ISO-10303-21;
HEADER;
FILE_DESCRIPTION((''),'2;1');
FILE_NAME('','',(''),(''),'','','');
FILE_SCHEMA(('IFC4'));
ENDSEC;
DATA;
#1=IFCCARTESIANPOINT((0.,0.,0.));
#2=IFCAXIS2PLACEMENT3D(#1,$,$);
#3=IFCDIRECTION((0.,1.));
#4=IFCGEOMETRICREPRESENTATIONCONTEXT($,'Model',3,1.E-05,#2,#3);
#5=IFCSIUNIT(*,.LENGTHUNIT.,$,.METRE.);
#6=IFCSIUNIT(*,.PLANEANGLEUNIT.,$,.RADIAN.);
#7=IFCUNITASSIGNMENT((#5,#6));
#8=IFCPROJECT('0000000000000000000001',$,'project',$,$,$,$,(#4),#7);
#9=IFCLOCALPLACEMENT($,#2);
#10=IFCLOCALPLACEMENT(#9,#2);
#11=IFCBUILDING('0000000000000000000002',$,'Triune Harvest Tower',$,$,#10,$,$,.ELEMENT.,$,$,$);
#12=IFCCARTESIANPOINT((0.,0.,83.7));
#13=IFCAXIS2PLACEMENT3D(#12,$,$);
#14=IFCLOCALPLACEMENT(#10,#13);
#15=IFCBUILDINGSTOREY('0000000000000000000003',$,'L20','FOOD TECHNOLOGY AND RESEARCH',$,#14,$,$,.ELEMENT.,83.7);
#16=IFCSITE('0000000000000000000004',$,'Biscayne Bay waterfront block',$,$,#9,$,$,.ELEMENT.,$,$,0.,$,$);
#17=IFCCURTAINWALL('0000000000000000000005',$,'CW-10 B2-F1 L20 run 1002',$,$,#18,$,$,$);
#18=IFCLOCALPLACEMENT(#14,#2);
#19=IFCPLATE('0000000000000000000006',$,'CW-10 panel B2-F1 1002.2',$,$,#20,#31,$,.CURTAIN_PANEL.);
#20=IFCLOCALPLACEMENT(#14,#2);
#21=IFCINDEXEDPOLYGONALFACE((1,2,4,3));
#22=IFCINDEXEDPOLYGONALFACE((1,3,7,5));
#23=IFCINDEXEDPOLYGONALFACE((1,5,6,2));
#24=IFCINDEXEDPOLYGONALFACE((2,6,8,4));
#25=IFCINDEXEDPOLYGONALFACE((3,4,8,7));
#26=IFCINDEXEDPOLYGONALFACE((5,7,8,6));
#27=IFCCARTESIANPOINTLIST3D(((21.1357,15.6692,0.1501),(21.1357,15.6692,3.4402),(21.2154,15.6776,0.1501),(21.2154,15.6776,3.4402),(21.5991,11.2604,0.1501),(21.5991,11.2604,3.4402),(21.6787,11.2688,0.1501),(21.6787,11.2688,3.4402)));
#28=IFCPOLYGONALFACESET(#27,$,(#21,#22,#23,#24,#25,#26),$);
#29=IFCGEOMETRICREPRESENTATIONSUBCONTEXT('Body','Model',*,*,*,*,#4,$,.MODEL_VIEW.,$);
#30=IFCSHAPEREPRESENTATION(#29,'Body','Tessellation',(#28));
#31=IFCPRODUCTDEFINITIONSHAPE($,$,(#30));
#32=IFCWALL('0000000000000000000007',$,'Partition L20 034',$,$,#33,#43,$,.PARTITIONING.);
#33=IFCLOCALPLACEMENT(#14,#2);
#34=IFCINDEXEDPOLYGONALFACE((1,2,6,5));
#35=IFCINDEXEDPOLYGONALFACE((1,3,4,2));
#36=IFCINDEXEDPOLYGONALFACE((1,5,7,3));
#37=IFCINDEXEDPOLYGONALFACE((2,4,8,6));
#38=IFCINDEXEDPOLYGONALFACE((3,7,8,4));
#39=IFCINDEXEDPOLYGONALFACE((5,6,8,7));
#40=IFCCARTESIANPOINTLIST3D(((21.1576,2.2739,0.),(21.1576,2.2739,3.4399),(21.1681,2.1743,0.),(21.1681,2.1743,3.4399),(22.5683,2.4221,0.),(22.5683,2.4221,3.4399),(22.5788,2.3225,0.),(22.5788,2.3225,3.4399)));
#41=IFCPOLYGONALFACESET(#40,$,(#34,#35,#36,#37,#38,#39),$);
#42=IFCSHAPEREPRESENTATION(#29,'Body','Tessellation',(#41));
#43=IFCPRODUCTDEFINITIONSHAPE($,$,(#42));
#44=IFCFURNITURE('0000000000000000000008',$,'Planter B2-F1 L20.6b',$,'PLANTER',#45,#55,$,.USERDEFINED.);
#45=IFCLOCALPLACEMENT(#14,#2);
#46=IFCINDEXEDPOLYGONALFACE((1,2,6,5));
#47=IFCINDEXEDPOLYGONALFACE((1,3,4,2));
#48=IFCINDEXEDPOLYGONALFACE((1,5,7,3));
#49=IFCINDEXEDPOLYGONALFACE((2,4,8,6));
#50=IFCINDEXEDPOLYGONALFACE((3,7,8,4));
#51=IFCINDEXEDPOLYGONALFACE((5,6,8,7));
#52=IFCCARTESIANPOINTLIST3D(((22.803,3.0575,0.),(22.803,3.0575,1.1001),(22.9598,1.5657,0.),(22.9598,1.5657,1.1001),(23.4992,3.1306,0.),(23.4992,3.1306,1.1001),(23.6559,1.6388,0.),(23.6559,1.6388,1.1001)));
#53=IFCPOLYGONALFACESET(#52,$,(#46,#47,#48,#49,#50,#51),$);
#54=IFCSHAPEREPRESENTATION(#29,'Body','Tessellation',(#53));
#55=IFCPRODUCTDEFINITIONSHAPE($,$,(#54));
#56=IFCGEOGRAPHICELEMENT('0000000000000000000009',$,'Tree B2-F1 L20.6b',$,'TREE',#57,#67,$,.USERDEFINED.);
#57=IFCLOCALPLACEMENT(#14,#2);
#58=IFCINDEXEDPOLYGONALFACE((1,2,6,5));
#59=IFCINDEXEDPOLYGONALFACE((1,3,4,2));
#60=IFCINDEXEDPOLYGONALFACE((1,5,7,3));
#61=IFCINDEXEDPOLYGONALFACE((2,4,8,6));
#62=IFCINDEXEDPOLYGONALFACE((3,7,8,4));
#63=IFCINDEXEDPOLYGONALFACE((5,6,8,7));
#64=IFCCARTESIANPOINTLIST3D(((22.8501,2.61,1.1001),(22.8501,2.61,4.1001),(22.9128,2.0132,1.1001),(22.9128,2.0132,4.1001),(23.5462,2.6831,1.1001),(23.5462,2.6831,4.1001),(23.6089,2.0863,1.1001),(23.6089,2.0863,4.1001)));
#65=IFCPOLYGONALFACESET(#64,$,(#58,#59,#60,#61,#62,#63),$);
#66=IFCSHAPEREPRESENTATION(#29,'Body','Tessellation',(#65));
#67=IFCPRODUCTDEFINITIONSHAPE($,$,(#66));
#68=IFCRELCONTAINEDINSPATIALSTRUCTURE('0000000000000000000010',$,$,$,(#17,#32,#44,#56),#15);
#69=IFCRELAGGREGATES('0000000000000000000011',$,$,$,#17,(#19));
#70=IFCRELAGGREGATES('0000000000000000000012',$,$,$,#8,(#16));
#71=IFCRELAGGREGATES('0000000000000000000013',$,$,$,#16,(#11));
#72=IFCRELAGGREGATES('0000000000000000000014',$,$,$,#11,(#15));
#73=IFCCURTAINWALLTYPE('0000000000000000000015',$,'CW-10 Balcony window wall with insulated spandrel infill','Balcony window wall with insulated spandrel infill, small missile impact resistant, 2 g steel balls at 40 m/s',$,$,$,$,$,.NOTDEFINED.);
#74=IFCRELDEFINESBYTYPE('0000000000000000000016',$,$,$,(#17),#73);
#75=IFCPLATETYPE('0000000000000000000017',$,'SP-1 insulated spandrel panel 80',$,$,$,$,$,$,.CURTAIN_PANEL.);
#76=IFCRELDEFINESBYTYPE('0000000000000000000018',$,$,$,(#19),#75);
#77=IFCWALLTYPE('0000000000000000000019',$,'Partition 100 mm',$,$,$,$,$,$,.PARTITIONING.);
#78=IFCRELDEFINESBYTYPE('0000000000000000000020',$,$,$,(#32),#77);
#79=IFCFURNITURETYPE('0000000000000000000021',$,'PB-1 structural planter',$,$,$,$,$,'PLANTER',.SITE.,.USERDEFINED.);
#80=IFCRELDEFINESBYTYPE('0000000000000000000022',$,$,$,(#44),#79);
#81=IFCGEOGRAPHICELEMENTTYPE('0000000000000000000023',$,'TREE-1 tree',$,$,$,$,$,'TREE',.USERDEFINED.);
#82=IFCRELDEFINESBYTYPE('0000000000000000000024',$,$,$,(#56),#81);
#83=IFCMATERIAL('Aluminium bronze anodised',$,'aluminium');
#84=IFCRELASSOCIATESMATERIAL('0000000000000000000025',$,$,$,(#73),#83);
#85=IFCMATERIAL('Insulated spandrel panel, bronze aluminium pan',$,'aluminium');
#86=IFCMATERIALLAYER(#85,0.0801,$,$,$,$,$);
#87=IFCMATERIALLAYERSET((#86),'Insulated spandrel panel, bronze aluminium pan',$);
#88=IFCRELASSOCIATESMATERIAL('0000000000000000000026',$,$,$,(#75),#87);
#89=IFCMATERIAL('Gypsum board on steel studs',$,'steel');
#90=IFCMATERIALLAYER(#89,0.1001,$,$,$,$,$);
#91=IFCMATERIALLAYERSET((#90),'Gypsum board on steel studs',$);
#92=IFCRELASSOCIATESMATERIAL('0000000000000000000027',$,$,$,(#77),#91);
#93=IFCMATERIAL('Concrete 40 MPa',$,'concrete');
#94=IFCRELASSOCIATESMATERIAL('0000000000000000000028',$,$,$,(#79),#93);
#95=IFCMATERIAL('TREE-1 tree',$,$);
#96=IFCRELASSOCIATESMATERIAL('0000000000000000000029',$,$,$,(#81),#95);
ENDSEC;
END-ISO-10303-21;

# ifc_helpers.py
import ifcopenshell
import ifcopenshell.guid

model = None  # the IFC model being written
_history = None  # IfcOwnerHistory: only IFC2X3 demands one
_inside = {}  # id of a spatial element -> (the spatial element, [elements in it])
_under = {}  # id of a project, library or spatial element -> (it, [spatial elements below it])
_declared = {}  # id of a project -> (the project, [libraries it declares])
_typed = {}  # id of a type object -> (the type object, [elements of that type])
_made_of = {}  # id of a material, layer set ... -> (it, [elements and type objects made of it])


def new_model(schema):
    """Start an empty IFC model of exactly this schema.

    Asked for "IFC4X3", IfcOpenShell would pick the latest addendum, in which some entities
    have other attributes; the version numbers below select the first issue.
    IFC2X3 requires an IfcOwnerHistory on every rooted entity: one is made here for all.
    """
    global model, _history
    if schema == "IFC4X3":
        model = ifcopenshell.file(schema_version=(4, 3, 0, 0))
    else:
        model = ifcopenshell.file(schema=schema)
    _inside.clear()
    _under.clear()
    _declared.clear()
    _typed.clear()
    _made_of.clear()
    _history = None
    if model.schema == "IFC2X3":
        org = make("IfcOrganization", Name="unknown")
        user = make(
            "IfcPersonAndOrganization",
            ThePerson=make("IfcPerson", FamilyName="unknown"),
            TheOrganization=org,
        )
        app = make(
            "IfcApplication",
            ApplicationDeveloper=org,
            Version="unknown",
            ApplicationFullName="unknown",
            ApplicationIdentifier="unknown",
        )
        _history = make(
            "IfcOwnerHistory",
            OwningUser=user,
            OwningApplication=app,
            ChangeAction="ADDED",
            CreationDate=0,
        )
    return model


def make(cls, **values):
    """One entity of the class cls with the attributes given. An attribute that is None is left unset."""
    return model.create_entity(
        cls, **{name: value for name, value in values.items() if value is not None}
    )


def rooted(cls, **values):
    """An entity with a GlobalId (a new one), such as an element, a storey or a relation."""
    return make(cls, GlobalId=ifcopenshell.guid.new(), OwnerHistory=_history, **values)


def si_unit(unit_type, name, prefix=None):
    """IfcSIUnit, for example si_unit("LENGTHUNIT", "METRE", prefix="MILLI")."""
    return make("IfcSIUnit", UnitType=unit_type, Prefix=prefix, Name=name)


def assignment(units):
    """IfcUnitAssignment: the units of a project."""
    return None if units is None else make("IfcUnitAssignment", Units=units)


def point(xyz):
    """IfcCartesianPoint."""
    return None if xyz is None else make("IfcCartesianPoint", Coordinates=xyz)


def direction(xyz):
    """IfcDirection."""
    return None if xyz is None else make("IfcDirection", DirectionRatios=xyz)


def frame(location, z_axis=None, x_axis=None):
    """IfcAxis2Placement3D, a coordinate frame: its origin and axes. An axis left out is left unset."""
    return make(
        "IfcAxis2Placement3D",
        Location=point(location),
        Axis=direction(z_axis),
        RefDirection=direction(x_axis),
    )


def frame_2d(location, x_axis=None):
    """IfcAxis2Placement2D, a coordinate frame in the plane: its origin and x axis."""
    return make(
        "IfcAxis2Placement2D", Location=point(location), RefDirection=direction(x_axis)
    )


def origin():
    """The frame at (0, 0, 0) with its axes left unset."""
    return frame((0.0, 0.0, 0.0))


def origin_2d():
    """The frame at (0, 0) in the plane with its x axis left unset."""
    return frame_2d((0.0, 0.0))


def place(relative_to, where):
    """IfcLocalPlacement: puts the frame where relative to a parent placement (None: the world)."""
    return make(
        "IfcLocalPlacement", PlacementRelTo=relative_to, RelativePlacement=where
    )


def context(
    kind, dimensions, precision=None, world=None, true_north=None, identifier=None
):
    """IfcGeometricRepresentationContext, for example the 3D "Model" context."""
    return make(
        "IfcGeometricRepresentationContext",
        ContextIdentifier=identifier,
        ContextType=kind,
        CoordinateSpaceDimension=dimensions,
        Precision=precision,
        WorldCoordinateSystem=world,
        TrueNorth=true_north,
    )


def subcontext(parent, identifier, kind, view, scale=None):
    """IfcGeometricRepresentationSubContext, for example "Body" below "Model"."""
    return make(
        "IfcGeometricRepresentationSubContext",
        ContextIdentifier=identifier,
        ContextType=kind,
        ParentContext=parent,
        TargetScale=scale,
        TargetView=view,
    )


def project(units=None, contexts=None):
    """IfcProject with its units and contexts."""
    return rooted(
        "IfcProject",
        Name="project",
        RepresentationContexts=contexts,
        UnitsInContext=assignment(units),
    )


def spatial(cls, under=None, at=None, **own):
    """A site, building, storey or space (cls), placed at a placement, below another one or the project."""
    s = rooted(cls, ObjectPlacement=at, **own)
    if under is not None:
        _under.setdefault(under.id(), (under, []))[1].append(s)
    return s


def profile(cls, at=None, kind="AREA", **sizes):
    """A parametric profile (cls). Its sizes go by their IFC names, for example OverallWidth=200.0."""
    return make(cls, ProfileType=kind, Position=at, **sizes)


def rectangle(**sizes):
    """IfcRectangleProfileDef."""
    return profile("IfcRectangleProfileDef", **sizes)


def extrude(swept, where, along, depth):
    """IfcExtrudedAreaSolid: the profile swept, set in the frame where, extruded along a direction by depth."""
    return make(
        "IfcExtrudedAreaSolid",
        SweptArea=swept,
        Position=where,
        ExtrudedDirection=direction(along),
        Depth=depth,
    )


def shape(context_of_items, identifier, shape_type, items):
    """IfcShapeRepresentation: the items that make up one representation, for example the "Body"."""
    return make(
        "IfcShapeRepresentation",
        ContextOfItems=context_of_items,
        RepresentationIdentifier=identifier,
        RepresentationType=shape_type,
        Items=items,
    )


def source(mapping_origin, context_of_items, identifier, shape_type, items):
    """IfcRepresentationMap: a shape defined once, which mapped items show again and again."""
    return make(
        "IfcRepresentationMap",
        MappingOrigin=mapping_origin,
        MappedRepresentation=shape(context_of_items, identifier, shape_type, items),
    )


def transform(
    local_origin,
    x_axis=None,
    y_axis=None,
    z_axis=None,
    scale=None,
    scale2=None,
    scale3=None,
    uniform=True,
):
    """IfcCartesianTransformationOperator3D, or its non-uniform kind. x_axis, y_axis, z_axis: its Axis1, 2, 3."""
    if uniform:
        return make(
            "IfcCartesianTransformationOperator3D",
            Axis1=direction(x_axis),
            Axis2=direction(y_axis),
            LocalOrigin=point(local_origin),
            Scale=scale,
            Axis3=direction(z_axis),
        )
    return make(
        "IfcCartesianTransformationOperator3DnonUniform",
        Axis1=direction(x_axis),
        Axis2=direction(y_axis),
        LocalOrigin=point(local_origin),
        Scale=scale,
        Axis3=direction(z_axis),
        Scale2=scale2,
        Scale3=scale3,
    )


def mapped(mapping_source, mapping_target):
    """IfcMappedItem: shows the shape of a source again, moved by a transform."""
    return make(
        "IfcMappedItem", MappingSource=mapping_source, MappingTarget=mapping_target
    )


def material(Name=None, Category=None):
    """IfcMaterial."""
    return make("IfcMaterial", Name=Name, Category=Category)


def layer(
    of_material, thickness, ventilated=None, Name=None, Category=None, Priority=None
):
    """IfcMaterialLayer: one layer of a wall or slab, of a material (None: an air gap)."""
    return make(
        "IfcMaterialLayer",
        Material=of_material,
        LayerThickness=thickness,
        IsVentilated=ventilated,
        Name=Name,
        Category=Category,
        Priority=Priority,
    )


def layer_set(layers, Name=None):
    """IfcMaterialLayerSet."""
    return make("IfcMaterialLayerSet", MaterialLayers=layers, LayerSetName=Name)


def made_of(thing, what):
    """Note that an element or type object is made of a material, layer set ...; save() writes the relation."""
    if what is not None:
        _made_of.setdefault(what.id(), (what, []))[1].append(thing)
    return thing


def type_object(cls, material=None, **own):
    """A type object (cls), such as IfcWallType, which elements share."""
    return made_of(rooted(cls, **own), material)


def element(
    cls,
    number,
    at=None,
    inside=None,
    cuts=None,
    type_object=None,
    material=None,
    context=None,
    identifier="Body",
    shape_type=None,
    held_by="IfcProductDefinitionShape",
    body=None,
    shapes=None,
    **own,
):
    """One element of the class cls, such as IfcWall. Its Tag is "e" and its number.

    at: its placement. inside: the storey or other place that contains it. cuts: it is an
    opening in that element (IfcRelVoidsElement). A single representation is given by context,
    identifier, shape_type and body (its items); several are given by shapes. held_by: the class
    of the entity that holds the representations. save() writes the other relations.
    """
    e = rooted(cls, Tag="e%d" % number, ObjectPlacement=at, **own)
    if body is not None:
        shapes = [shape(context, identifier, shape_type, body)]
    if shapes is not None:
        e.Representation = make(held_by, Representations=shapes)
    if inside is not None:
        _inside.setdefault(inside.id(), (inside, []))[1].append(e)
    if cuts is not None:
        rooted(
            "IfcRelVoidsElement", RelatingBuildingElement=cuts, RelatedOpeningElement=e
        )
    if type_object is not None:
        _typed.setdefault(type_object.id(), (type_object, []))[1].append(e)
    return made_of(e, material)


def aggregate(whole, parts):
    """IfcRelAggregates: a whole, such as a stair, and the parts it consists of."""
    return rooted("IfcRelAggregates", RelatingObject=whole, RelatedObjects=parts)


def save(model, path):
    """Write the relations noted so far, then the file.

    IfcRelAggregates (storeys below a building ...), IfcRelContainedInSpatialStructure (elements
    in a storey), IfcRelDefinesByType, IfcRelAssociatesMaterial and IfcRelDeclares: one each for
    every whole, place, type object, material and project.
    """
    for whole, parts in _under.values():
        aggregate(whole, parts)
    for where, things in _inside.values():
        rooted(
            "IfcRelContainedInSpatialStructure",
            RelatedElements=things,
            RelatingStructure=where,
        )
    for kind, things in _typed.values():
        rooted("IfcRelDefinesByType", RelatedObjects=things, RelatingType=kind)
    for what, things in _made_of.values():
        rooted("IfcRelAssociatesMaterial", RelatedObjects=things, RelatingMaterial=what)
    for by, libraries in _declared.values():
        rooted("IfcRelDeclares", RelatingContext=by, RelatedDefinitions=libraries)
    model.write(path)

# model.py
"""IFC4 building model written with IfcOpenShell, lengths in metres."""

from ifc_helpers import new_model, si_unit, direction, frame, frame_2d, origin, origin_2d, place, context, subcontext, project, spatial, rectangle, extrude, source, transform, mapped, material, layer, layer_set, type_object, element, aggregate, save


model = new_model("IFC4")

# Units and contexts
model_context = context("Model", 3, precision=1e-05, world=origin(), true_north=direction((0.0, 1.0)))
body_context = subcontext(model_context, "Body", "Model", "MODEL_VIEW")
ifc_project = project(units=[si_unit("LENGTHUNIT", "METRE"), si_unit("PLANEANGLEUNIT", "RADIAN")], contexts=[model_context])

# Site, building, storey
site_placement = place(None, origin())
site = spatial("IfcSite", under=ifc_project, at=site_placement, Name="Biscayne Bay waterfront block", CompositionType="ELEMENT", RefElevation=0.0)
building_placement = place(site_placement, origin())
building = spatial("IfcBuilding", under=site, at=building_placement, Name="Triune Harvest Tower", CompositionType="ELEMENT")
storey_placement = place(building_placement, frame((0.0, 0.0, 83.7)))
storey = spatial("IfcBuildingStorey", under=building, at=storey_placement, Name="L20", Description="FOOD TECHNOLOGY AND RESEARCH", CompositionType="ELEMENT", Elevation=83.7)

# Curtain wall
ifc_material_1 = material(Name="Aluminium bronze anodised", Category="aluminium")
curtain_wall_type_1 = type_object("IfcCurtainWallType", Name="CW-10 Balcony window wall with insulated spandrel infill", Description="Balcony window wall with insulated spandrel infill, small missile impact resistant, 2 g steel balls at 40 m/s", PredefinedType="NOTDEFINED", material=ifc_material_1)
curtain_wall_1_placement = place(storey_placement, origin())
curtain_wall_1 = element("IfcCurtainWall", 1, at=curtain_wall_1_placement, inside=storey, type_object=curtain_wall_type_1, Name="CW-10 B2-F1 L20 run 1002")

# Plate
ifc_material_2 = material(Name="Insulated spandrel panel, bronze aluminium pan", Category="aluminium")
ifc_layer_1 = layer(ifc_material_2, 0.0801)
ifc_layer_set_1 = layer_set([ifc_layer_1], Name="Insulated spandrel panel, bronze aluminium pan")
plate_type_1 = type_object("IfcPlateType", Name="SP-1 insulated spandrel panel 80", PredefinedType="CURTAIN_PANEL", material=ifc_layer_set_1)
shared_shape_1 = source(origin(), body_context, "Body", "SweptSolid", [
    extrude(rectangle(XDim=4.4331, YDim=0.0801, at=origin_2d()), origin(), (0.0, 0.0, 1.0), 3.29),
])
plate_1_placement = place(storey_placement, frame((21.4072, 13.469, 0.1501), z_axis=(0.0, 0.0, 1.0), x_axis=(-0.104528, 0.994522, 0.0)))
plate_1 = element("IfcPlate", 2, at=plate_1_placement, type_object=plate_type_1, Name="CW-10 panel B2-F1 1002.2", PredefinedType="CURTAIN_PANEL", context=body_context, shape_type="MappedRepresentation", body=[
    mapped(shared_shape_1, transform((0.0, 0.0, 0.0), scale=1.0)),
])
aggregate(curtain_wall_1, [plate_1])

# Wall
ifc_material_3 = material(Name="Gypsum board on steel studs", Category="steel")
ifc_layer_2 = layer(ifc_material_3, 0.1001)
ifc_layer_set_2 = layer_set([ifc_layer_2], Name="Gypsum board on steel studs")
wall_type_1 = type_object("IfcWallType", Name="Partition 100 mm", PredefinedType="PARTITIONING", material=ifc_layer_set_2)
shared_shape_2 = source(origin(), body_context, "Body", "SweptSolid", [
    extrude(rectangle(XDim=1.4185, YDim=0.1001, at=frame_2d((0.7092, 0.0))), origin(), (0.0, 0.0, 1.0), 3.4399),
])
wall_1_placement = place(storey_placement, frame((21.1628, 2.2241, 0.0), z_axis=(0.0, 0.0, 1.0), x_axis=(0.994527, 0.104479, 0.0)))
element("IfcWall", 3, at=wall_1_placement, inside=storey, type_object=wall_type_1, Name="Partition L20 034", PredefinedType="PARTITIONING", context=body_context, shape_type="MappedRepresentation", body=[
    mapped(shared_shape_2, transform((0.0, 0.0, 0.0), scale=1.0)),
])

# Furniture
ifc_material_4 = material(Name="Concrete 40 MPa", Category="concrete")
furniture_type = type_object("IfcFurnitureType", Name="PB-1 structural planter", ElementType="PLANTER", AssemblyPlace="SITE", PredefinedType="USERDEFINED", material=ifc_material_4)
shared_shape_3 = source(origin(), body_context, "Body", "SweptSolid", [
    extrude(rectangle(XDim=1.5, YDim=0.7, at=origin_2d()), origin(), (0.0, 0.0, 1.0), 1.1001),
])
furniture_placement = place(storey_placement, frame((23.2295, 2.3481, 0.0), z_axis=(0.0, 0.0, 1.0), x_axis=(-0.104528, 0.994522, 0.0)))
element("IfcFurniture", 4, at=furniture_placement, inside=storey, type_object=furniture_type, Name="Planter B2-F1 L20.6b", ObjectType="PLANTER", PredefinedType="USERDEFINED", context=body_context, shape_type="MappedRepresentation", body=[
    mapped(shared_shape_3, transform((0.0, 0.0, 0.0), scale=1.0)),
])

# Geographic element
ifc_material_5 = material(Name="TREE-1 tree")
geographic_element_type = type_object("IfcGeographicElementType", Name="TREE-1 tree", ElementType="TREE", PredefinedType="USERDEFINED", material=ifc_material_5)
shared_shape_4 = source(origin(), body_context, "Body", "SweptSolid", [
    extrude(rectangle(XDim=0.6001, YDim=0.7, at=origin_2d()), origin(), (0.0, 0.0, 1.0), 3.0),
])
geographic_element_placement = place(storey_placement, frame((23.2295, 2.3481, 1.1001), z_axis=(0.0, 0.0, 1.0), x_axis=(-0.104528, 0.994522, 0.0)))
element("IfcGeographicElement", 5, at=geographic_element_placement, inside=storey, type_object=geographic_element_type, Name="Tree B2-F1 L20.6b", ObjectType="TREE", PredefinedType="USERDEFINED", context=body_context, shape_type="MappedRepresentation", body=[
    mapped(shared_shape_4, transform((0.0, 0.0, 0.0), scale=1.0)),
])

save(model, "model.ifc")
